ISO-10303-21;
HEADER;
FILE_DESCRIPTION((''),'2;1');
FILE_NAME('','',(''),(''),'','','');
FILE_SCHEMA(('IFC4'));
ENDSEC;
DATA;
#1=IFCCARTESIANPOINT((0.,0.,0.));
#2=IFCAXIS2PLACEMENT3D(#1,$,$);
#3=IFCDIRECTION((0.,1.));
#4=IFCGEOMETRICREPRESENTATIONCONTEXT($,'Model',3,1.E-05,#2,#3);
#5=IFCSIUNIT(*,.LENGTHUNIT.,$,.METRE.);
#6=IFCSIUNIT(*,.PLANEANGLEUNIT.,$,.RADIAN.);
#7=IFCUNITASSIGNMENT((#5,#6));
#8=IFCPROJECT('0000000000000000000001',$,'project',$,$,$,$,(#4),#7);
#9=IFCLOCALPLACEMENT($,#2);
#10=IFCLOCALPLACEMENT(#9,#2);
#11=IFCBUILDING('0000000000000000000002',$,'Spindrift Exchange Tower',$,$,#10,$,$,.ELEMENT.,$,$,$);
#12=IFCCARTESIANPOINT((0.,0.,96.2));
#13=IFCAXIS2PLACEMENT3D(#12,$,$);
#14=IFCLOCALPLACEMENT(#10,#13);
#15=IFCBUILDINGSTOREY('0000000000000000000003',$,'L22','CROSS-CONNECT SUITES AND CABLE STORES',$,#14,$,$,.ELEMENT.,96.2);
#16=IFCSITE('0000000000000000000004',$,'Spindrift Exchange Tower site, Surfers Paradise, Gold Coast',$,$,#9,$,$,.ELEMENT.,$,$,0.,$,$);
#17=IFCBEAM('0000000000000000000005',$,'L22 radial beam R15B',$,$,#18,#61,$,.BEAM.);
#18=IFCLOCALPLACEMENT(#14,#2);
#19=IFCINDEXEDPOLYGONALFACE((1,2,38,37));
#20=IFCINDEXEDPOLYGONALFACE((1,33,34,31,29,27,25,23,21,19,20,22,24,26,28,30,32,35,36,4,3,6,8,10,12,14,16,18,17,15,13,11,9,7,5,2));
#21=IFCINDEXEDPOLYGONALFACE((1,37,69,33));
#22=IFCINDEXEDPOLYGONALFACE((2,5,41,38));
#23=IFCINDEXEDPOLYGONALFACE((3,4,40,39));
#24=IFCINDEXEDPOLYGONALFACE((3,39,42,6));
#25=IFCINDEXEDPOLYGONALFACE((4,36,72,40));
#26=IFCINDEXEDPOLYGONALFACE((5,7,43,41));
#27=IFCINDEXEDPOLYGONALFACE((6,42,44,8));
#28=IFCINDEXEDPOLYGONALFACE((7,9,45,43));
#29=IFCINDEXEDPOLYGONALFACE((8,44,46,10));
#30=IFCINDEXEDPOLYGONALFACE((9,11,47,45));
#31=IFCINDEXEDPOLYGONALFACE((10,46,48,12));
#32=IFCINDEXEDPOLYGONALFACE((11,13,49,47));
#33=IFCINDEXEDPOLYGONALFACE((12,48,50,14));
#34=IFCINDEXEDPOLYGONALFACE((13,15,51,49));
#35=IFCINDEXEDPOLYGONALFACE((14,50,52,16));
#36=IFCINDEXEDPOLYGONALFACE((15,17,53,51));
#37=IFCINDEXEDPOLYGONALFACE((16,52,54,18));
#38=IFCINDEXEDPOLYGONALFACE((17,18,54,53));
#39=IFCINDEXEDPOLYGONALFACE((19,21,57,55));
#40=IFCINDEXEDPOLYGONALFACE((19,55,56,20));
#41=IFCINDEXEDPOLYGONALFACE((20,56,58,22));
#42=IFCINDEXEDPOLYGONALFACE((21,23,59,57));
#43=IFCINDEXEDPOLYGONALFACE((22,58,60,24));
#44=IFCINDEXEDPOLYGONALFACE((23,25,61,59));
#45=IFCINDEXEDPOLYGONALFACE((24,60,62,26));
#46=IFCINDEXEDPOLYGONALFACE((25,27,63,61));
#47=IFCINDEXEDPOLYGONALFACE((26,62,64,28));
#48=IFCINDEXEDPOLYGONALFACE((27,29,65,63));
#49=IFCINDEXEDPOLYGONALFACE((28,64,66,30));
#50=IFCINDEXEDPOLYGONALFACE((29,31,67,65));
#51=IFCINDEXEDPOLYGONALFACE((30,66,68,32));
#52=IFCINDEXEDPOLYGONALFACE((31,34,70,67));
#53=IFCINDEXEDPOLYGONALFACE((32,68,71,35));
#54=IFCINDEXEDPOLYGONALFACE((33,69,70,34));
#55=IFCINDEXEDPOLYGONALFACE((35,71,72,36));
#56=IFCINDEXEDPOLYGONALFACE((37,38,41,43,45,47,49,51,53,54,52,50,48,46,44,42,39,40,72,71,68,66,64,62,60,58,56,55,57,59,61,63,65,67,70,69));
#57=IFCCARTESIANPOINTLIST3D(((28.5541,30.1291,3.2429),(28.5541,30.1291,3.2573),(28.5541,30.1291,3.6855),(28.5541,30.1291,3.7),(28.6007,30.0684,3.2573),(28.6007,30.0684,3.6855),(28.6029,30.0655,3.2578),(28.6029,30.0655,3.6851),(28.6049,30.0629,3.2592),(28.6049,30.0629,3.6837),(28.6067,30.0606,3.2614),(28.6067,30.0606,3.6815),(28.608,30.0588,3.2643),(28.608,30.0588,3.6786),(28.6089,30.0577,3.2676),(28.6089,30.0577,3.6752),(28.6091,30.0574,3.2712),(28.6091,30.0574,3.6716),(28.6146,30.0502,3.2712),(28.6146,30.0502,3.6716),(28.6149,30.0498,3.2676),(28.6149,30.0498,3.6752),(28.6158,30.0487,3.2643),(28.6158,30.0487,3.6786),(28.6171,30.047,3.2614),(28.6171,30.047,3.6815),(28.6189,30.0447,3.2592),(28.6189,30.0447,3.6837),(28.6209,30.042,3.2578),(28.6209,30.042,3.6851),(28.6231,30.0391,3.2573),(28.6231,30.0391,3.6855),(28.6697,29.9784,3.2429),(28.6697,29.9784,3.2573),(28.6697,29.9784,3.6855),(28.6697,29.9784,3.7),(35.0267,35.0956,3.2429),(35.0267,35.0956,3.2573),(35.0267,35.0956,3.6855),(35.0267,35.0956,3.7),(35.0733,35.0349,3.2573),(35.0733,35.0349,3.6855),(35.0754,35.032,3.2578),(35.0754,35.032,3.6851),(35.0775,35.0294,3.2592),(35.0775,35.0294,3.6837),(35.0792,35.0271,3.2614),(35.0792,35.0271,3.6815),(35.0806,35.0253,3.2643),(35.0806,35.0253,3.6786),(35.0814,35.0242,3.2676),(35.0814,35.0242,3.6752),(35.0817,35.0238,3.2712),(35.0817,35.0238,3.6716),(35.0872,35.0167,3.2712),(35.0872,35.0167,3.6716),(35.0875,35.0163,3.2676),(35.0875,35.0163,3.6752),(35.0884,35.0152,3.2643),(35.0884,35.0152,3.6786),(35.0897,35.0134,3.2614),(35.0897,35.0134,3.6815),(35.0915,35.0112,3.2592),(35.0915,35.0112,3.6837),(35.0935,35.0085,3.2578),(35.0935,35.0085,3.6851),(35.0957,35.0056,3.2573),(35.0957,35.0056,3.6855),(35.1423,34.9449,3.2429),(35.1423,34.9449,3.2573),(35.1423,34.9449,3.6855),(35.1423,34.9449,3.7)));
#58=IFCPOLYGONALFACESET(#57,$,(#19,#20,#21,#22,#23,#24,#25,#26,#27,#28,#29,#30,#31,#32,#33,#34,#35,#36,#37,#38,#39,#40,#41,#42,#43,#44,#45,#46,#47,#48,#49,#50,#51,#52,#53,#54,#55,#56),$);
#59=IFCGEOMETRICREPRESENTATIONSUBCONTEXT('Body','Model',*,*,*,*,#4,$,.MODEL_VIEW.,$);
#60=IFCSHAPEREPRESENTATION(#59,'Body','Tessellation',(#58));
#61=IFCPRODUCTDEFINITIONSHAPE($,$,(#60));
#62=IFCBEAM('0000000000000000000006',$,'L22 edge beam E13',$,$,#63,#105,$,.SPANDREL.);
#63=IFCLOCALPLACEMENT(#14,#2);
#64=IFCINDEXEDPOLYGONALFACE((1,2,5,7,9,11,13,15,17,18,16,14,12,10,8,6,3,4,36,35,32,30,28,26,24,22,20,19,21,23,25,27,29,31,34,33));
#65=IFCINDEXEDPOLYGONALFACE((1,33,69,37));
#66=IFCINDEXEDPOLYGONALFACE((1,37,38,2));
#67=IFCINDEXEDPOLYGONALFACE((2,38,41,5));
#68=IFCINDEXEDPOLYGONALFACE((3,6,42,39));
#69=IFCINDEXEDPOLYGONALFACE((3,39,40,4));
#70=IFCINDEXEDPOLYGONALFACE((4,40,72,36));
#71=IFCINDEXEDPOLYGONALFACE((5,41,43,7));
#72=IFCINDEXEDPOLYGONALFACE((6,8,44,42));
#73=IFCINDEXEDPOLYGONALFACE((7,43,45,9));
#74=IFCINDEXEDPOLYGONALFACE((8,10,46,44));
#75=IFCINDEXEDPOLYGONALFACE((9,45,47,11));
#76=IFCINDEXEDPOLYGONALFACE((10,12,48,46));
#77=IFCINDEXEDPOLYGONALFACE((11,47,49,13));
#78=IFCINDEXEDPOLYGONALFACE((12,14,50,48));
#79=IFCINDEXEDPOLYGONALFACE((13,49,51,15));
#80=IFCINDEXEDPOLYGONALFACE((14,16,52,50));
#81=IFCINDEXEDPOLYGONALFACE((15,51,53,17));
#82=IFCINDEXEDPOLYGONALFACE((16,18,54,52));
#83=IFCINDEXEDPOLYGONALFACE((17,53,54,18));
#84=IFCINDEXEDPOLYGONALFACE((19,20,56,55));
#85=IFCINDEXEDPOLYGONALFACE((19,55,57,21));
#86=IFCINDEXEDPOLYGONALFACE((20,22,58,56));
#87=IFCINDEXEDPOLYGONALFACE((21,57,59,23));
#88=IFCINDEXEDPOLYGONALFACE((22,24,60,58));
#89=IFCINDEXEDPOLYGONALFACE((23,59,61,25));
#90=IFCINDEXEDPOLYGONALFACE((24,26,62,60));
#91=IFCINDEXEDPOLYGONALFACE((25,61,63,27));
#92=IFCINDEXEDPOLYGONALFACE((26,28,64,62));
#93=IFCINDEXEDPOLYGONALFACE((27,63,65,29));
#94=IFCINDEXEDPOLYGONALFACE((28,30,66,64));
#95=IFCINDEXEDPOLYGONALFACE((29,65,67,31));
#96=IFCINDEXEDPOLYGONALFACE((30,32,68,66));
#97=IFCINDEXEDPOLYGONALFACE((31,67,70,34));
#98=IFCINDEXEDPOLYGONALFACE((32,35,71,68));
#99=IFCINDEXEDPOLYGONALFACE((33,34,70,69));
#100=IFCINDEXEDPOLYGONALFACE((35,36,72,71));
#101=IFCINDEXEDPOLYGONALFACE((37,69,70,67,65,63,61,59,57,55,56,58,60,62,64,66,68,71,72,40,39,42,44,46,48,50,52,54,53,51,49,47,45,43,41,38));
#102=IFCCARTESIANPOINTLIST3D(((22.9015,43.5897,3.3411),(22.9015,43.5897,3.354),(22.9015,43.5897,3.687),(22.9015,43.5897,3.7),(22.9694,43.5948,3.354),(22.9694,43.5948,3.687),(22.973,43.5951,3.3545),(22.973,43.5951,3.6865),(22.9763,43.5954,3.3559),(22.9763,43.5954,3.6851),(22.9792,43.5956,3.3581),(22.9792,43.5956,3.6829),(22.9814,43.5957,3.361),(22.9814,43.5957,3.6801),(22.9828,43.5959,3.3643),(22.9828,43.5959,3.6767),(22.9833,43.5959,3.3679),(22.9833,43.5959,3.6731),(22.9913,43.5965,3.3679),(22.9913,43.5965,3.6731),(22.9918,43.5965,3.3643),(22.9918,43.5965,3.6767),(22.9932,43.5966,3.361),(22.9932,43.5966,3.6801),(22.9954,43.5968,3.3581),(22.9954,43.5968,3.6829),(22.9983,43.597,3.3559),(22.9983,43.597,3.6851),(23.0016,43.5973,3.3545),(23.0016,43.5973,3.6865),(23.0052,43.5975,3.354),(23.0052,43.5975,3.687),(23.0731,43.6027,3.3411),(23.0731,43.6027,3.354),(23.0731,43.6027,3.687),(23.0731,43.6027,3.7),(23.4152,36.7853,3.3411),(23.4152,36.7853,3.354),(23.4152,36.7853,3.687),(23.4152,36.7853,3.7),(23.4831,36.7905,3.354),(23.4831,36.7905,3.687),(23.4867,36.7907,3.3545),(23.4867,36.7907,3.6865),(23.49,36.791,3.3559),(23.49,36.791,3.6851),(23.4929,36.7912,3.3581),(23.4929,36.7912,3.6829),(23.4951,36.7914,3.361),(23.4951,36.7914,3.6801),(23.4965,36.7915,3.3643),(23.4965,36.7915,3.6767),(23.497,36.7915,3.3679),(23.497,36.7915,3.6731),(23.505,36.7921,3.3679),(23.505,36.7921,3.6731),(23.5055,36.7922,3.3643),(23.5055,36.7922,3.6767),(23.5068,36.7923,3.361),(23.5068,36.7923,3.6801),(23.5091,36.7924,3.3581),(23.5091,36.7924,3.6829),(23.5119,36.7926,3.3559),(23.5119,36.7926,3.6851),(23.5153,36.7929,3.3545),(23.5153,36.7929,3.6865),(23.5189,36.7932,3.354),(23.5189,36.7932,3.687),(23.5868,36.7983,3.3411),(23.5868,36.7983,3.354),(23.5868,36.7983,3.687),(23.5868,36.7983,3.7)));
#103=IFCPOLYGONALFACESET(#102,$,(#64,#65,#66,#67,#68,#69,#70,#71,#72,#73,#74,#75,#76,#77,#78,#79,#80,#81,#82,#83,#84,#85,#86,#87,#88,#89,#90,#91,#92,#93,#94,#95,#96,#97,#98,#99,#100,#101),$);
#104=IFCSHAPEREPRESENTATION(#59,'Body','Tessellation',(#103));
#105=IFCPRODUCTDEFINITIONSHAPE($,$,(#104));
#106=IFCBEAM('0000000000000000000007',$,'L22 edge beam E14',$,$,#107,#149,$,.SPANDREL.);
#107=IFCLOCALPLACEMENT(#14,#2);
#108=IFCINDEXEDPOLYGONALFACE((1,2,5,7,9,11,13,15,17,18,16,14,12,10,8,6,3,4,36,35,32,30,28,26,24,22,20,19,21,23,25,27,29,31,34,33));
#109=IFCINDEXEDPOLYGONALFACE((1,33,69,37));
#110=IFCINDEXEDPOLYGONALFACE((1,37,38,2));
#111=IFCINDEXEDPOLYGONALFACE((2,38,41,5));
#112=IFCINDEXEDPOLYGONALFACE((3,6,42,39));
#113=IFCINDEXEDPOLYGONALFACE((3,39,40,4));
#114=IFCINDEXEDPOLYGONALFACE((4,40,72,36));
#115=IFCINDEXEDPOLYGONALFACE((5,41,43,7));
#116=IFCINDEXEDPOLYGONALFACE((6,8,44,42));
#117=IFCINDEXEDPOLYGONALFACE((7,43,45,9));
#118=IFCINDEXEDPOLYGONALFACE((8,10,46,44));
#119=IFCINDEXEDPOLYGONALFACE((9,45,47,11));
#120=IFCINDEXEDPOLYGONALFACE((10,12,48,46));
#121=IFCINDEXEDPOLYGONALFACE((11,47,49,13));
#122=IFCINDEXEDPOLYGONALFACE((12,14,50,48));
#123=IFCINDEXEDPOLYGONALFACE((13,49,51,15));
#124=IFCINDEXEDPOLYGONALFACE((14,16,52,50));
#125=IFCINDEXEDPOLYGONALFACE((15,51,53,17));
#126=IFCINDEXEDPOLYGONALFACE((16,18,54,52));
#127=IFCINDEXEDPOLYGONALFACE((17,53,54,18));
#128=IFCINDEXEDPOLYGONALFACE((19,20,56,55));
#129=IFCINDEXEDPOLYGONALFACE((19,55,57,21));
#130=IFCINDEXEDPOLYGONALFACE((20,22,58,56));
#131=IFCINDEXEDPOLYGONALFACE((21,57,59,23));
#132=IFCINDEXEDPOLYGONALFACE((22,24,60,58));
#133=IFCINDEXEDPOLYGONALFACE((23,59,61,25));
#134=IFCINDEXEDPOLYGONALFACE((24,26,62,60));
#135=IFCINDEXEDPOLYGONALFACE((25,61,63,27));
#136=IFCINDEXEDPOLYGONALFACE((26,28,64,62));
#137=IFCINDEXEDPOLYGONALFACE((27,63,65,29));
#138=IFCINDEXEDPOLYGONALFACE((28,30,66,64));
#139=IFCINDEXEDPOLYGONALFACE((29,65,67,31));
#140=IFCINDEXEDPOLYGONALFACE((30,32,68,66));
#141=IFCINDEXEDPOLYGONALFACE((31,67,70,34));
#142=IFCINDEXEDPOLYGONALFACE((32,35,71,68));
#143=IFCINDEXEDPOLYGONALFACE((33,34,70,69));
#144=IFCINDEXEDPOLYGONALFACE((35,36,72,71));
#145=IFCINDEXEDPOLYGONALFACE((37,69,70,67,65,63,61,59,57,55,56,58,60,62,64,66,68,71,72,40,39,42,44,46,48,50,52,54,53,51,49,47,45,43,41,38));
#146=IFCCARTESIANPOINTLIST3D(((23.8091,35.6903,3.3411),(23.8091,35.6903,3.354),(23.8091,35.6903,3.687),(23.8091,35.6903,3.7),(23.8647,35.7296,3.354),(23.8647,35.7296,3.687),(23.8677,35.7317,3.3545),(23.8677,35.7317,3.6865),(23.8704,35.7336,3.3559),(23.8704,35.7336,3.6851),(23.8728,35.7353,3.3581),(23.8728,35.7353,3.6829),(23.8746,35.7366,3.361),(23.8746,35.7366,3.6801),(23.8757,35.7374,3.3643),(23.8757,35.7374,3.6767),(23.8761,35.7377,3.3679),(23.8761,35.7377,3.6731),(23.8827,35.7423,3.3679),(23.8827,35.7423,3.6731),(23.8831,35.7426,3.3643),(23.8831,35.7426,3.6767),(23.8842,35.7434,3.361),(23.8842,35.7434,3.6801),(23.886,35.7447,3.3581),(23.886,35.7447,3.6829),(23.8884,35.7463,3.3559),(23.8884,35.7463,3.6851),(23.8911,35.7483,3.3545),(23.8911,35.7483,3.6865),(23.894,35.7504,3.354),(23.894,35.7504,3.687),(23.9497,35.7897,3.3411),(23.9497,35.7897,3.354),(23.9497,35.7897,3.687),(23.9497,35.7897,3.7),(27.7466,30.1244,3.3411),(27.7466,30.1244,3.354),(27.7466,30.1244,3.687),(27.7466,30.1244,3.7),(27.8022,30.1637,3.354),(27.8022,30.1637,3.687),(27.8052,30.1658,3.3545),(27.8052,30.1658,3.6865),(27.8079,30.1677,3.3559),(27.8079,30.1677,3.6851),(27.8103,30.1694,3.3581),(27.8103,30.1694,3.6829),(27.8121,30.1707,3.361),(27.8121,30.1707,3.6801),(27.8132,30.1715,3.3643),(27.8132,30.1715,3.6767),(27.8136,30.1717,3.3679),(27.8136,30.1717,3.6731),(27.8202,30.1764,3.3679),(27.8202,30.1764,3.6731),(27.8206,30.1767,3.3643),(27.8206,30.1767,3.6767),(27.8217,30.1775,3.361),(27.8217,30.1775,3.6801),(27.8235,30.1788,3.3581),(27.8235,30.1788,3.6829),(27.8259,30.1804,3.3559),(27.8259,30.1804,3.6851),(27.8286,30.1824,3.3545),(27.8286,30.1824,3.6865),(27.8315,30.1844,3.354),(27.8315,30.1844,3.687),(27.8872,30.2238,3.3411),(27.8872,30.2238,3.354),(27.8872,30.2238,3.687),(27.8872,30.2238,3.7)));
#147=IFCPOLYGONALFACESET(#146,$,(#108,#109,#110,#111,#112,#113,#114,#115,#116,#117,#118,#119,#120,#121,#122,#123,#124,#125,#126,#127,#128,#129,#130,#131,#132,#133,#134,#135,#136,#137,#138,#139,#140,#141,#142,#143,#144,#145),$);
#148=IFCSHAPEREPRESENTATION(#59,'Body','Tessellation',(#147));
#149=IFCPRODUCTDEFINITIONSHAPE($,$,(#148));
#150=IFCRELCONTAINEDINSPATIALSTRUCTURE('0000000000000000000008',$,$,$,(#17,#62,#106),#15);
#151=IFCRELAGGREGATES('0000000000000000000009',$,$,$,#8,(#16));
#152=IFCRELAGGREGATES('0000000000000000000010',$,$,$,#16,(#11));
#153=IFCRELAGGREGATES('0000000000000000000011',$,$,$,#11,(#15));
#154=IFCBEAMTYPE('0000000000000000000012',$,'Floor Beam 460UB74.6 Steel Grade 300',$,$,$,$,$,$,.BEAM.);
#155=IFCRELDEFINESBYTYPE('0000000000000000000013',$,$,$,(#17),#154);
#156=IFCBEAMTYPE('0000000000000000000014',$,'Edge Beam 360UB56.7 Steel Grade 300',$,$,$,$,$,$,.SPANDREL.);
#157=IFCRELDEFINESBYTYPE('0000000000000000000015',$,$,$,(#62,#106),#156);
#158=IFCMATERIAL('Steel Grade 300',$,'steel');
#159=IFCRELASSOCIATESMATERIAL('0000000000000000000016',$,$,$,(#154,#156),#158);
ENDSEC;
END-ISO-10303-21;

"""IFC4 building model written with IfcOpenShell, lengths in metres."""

from ifc_helpers import new_model, si_unit, direction, frame, origin, origin_2d, place, context, subcontext, project, spatial, i_section, extrude, source, transform, mapped, material, material_profile, profile_set, type_object, element, save


model = new_model("IFC4")

# Units and contexts
model_context = context("Model", 3, precision=1e-05, world=origin(), true_north=direction((0.0, 1.0)))
body_context = subcontext(model_context, "Body", "Model", "MODEL_VIEW")
ifc_project = project(units=[si_unit("LENGTHUNIT", "METRE"), si_unit("PLANEANGLEUNIT", "RADIAN")], contexts=[model_context])

# Site, building, storey
site_placement = place(None, origin())
site = spatial("IfcSite", under=ifc_project, at=site_placement, Name="Spindrift Exchange Tower site, Surfers Paradise, Gold Coast", CompositionType="ELEMENT", RefElevation=0.0)
building_placement = place(site_placement, origin())
building = spatial("IfcBuilding", under=site, at=building_placement, Name="Spindrift Exchange Tower", CompositionType="ELEMENT")
storey_placement = place(building_placement, frame((0.0, 0.0, 96.2)))
storey = spatial("IfcBuildingStorey", under=building, at=storey_placement, Name="L22", Description="CROSS-CONNECT SUITES AND CABLE STORES", CompositionType="ELEMENT", Elevation=96.2)

# Beams
ifc_material_1 = material(Name="Steel Grade 300", Category="steel")
ifc_material_profile_1 = material_profile(ifc_material_1, i_section(OverallWidth=0.1899, OverallDepth=0.457, WebThickness=0.009, FlangeThickness=0.0144, FilletRadius=0.0139, at=origin_2d()), Name="460UB74.6")
ifc_profile_set_1 = profile_set([ifc_material_profile_1], Name="Steel Grade 300")
beam_type_1 = type_object("IfcBeamType", Name="Floor Beam 460UB74.6 Steel Grade 300", PredefinedType="BEAM", material=ifc_profile_set_1)
shared_shape_1 = source(origin(), body_context, "Body", "SweptSolid", [
    extrude(i_section(OverallWidth=0.1899, OverallDepth=0.457, WebThickness=0.009, FlangeThickness=0.0144, FilletRadius=0.0139, at=origin_2d()), origin(), (0.0, 0.0, 1.0), 8.1584),
])
beam_1_placement = place(storey_placement, frame((35.0845, 35.0203, 3.4714), z_axis=(-0.793359, -0.608754, 0.0), x_axis=(0.608754, -0.793359, 0.0)))
element("IfcBeam", 1, at=beam_1_placement, inside=storey, type_object=beam_type_1, Name="L22 radial beam R15B", PredefinedType="BEAM", context=body_context, shape_type="MappedRepresentation", body=[
    mapped(shared_shape_1, transform((0.0, 0.0, 0.0), scale=1.0)),
])
ifc_material_profile_2 = material_profile(ifc_material_1, i_section(OverallWidth=0.1721, OverallDepth=0.3589, WebThickness=0.0081, FlangeThickness=0.0129, FilletRadius=0.0139, at=origin_2d()), Name="360UB56.7")
ifc_profile_set_2 = profile_set([ifc_material_profile_2], Name="Steel Grade 300")
beam_type_2 = type_object("IfcBeamType", Name="Edge Beam 360UB56.7 Steel Grade 300", PredefinedType="SPANDREL", material=ifc_profile_set_2)
shared_shape_2 = source(origin(), body_context, "Body", "SweptSolid", [
    extrude(i_section(OverallWidth=0.1721, OverallDepth=0.3589, WebThickness=0.0081, FlangeThickness=0.0129, FilletRadius=0.0139, at=origin_2d()), origin(), (0.0, 0.0, 1.0), 6.8237),
])
beam_2_placement = place(storey_placement, frame((22.9873, 43.5962, 3.5205), z_axis=(0.075276, -0.997163, 0.0), x_axis=(0.997163, 0.075276, 0.0)))
element("IfcBeam", 2, at=beam_2_placement, inside=storey, type_object=beam_type_2, Name="L22 edge beam E13", PredefinedType="SPANDREL", context=body_context, shape_type="MappedRepresentation", body=[
    mapped(shared_shape_2, transform((0.0, 0.0, 0.0), scale=1.0)),
])
shared_shape_3 = source(origin(), body_context, "Body", "SweptSolid", [
    extrude(i_section(OverallWidth=0.1721, OverallDepth=0.3589, WebThickness=0.0081, FlangeThickness=0.0129, FilletRadius=0.0139, at=origin_2d()), origin(), (0.0, 0.0, 1.0), 6.8179),
])
beam_3_placement = place(storey_placement, frame((23.8794, 35.74, 3.5205), z_axis=(0.577526, -0.816372, 0.0), x_axis=(0.816372, 0.577526, 0.0)))
element("IfcBeam", 3, at=beam_3_placement, inside=storey, type_object=beam_type_2, Name="L22 edge beam E14", PredefinedType="SPANDREL", context=body_context, shape_type="MappedRepresentation", body=[
    mapped(shared_shape_3, transform((0.0, 0.0, 0.0), scale=1.0)),
])

save(model, "model.ifc")
